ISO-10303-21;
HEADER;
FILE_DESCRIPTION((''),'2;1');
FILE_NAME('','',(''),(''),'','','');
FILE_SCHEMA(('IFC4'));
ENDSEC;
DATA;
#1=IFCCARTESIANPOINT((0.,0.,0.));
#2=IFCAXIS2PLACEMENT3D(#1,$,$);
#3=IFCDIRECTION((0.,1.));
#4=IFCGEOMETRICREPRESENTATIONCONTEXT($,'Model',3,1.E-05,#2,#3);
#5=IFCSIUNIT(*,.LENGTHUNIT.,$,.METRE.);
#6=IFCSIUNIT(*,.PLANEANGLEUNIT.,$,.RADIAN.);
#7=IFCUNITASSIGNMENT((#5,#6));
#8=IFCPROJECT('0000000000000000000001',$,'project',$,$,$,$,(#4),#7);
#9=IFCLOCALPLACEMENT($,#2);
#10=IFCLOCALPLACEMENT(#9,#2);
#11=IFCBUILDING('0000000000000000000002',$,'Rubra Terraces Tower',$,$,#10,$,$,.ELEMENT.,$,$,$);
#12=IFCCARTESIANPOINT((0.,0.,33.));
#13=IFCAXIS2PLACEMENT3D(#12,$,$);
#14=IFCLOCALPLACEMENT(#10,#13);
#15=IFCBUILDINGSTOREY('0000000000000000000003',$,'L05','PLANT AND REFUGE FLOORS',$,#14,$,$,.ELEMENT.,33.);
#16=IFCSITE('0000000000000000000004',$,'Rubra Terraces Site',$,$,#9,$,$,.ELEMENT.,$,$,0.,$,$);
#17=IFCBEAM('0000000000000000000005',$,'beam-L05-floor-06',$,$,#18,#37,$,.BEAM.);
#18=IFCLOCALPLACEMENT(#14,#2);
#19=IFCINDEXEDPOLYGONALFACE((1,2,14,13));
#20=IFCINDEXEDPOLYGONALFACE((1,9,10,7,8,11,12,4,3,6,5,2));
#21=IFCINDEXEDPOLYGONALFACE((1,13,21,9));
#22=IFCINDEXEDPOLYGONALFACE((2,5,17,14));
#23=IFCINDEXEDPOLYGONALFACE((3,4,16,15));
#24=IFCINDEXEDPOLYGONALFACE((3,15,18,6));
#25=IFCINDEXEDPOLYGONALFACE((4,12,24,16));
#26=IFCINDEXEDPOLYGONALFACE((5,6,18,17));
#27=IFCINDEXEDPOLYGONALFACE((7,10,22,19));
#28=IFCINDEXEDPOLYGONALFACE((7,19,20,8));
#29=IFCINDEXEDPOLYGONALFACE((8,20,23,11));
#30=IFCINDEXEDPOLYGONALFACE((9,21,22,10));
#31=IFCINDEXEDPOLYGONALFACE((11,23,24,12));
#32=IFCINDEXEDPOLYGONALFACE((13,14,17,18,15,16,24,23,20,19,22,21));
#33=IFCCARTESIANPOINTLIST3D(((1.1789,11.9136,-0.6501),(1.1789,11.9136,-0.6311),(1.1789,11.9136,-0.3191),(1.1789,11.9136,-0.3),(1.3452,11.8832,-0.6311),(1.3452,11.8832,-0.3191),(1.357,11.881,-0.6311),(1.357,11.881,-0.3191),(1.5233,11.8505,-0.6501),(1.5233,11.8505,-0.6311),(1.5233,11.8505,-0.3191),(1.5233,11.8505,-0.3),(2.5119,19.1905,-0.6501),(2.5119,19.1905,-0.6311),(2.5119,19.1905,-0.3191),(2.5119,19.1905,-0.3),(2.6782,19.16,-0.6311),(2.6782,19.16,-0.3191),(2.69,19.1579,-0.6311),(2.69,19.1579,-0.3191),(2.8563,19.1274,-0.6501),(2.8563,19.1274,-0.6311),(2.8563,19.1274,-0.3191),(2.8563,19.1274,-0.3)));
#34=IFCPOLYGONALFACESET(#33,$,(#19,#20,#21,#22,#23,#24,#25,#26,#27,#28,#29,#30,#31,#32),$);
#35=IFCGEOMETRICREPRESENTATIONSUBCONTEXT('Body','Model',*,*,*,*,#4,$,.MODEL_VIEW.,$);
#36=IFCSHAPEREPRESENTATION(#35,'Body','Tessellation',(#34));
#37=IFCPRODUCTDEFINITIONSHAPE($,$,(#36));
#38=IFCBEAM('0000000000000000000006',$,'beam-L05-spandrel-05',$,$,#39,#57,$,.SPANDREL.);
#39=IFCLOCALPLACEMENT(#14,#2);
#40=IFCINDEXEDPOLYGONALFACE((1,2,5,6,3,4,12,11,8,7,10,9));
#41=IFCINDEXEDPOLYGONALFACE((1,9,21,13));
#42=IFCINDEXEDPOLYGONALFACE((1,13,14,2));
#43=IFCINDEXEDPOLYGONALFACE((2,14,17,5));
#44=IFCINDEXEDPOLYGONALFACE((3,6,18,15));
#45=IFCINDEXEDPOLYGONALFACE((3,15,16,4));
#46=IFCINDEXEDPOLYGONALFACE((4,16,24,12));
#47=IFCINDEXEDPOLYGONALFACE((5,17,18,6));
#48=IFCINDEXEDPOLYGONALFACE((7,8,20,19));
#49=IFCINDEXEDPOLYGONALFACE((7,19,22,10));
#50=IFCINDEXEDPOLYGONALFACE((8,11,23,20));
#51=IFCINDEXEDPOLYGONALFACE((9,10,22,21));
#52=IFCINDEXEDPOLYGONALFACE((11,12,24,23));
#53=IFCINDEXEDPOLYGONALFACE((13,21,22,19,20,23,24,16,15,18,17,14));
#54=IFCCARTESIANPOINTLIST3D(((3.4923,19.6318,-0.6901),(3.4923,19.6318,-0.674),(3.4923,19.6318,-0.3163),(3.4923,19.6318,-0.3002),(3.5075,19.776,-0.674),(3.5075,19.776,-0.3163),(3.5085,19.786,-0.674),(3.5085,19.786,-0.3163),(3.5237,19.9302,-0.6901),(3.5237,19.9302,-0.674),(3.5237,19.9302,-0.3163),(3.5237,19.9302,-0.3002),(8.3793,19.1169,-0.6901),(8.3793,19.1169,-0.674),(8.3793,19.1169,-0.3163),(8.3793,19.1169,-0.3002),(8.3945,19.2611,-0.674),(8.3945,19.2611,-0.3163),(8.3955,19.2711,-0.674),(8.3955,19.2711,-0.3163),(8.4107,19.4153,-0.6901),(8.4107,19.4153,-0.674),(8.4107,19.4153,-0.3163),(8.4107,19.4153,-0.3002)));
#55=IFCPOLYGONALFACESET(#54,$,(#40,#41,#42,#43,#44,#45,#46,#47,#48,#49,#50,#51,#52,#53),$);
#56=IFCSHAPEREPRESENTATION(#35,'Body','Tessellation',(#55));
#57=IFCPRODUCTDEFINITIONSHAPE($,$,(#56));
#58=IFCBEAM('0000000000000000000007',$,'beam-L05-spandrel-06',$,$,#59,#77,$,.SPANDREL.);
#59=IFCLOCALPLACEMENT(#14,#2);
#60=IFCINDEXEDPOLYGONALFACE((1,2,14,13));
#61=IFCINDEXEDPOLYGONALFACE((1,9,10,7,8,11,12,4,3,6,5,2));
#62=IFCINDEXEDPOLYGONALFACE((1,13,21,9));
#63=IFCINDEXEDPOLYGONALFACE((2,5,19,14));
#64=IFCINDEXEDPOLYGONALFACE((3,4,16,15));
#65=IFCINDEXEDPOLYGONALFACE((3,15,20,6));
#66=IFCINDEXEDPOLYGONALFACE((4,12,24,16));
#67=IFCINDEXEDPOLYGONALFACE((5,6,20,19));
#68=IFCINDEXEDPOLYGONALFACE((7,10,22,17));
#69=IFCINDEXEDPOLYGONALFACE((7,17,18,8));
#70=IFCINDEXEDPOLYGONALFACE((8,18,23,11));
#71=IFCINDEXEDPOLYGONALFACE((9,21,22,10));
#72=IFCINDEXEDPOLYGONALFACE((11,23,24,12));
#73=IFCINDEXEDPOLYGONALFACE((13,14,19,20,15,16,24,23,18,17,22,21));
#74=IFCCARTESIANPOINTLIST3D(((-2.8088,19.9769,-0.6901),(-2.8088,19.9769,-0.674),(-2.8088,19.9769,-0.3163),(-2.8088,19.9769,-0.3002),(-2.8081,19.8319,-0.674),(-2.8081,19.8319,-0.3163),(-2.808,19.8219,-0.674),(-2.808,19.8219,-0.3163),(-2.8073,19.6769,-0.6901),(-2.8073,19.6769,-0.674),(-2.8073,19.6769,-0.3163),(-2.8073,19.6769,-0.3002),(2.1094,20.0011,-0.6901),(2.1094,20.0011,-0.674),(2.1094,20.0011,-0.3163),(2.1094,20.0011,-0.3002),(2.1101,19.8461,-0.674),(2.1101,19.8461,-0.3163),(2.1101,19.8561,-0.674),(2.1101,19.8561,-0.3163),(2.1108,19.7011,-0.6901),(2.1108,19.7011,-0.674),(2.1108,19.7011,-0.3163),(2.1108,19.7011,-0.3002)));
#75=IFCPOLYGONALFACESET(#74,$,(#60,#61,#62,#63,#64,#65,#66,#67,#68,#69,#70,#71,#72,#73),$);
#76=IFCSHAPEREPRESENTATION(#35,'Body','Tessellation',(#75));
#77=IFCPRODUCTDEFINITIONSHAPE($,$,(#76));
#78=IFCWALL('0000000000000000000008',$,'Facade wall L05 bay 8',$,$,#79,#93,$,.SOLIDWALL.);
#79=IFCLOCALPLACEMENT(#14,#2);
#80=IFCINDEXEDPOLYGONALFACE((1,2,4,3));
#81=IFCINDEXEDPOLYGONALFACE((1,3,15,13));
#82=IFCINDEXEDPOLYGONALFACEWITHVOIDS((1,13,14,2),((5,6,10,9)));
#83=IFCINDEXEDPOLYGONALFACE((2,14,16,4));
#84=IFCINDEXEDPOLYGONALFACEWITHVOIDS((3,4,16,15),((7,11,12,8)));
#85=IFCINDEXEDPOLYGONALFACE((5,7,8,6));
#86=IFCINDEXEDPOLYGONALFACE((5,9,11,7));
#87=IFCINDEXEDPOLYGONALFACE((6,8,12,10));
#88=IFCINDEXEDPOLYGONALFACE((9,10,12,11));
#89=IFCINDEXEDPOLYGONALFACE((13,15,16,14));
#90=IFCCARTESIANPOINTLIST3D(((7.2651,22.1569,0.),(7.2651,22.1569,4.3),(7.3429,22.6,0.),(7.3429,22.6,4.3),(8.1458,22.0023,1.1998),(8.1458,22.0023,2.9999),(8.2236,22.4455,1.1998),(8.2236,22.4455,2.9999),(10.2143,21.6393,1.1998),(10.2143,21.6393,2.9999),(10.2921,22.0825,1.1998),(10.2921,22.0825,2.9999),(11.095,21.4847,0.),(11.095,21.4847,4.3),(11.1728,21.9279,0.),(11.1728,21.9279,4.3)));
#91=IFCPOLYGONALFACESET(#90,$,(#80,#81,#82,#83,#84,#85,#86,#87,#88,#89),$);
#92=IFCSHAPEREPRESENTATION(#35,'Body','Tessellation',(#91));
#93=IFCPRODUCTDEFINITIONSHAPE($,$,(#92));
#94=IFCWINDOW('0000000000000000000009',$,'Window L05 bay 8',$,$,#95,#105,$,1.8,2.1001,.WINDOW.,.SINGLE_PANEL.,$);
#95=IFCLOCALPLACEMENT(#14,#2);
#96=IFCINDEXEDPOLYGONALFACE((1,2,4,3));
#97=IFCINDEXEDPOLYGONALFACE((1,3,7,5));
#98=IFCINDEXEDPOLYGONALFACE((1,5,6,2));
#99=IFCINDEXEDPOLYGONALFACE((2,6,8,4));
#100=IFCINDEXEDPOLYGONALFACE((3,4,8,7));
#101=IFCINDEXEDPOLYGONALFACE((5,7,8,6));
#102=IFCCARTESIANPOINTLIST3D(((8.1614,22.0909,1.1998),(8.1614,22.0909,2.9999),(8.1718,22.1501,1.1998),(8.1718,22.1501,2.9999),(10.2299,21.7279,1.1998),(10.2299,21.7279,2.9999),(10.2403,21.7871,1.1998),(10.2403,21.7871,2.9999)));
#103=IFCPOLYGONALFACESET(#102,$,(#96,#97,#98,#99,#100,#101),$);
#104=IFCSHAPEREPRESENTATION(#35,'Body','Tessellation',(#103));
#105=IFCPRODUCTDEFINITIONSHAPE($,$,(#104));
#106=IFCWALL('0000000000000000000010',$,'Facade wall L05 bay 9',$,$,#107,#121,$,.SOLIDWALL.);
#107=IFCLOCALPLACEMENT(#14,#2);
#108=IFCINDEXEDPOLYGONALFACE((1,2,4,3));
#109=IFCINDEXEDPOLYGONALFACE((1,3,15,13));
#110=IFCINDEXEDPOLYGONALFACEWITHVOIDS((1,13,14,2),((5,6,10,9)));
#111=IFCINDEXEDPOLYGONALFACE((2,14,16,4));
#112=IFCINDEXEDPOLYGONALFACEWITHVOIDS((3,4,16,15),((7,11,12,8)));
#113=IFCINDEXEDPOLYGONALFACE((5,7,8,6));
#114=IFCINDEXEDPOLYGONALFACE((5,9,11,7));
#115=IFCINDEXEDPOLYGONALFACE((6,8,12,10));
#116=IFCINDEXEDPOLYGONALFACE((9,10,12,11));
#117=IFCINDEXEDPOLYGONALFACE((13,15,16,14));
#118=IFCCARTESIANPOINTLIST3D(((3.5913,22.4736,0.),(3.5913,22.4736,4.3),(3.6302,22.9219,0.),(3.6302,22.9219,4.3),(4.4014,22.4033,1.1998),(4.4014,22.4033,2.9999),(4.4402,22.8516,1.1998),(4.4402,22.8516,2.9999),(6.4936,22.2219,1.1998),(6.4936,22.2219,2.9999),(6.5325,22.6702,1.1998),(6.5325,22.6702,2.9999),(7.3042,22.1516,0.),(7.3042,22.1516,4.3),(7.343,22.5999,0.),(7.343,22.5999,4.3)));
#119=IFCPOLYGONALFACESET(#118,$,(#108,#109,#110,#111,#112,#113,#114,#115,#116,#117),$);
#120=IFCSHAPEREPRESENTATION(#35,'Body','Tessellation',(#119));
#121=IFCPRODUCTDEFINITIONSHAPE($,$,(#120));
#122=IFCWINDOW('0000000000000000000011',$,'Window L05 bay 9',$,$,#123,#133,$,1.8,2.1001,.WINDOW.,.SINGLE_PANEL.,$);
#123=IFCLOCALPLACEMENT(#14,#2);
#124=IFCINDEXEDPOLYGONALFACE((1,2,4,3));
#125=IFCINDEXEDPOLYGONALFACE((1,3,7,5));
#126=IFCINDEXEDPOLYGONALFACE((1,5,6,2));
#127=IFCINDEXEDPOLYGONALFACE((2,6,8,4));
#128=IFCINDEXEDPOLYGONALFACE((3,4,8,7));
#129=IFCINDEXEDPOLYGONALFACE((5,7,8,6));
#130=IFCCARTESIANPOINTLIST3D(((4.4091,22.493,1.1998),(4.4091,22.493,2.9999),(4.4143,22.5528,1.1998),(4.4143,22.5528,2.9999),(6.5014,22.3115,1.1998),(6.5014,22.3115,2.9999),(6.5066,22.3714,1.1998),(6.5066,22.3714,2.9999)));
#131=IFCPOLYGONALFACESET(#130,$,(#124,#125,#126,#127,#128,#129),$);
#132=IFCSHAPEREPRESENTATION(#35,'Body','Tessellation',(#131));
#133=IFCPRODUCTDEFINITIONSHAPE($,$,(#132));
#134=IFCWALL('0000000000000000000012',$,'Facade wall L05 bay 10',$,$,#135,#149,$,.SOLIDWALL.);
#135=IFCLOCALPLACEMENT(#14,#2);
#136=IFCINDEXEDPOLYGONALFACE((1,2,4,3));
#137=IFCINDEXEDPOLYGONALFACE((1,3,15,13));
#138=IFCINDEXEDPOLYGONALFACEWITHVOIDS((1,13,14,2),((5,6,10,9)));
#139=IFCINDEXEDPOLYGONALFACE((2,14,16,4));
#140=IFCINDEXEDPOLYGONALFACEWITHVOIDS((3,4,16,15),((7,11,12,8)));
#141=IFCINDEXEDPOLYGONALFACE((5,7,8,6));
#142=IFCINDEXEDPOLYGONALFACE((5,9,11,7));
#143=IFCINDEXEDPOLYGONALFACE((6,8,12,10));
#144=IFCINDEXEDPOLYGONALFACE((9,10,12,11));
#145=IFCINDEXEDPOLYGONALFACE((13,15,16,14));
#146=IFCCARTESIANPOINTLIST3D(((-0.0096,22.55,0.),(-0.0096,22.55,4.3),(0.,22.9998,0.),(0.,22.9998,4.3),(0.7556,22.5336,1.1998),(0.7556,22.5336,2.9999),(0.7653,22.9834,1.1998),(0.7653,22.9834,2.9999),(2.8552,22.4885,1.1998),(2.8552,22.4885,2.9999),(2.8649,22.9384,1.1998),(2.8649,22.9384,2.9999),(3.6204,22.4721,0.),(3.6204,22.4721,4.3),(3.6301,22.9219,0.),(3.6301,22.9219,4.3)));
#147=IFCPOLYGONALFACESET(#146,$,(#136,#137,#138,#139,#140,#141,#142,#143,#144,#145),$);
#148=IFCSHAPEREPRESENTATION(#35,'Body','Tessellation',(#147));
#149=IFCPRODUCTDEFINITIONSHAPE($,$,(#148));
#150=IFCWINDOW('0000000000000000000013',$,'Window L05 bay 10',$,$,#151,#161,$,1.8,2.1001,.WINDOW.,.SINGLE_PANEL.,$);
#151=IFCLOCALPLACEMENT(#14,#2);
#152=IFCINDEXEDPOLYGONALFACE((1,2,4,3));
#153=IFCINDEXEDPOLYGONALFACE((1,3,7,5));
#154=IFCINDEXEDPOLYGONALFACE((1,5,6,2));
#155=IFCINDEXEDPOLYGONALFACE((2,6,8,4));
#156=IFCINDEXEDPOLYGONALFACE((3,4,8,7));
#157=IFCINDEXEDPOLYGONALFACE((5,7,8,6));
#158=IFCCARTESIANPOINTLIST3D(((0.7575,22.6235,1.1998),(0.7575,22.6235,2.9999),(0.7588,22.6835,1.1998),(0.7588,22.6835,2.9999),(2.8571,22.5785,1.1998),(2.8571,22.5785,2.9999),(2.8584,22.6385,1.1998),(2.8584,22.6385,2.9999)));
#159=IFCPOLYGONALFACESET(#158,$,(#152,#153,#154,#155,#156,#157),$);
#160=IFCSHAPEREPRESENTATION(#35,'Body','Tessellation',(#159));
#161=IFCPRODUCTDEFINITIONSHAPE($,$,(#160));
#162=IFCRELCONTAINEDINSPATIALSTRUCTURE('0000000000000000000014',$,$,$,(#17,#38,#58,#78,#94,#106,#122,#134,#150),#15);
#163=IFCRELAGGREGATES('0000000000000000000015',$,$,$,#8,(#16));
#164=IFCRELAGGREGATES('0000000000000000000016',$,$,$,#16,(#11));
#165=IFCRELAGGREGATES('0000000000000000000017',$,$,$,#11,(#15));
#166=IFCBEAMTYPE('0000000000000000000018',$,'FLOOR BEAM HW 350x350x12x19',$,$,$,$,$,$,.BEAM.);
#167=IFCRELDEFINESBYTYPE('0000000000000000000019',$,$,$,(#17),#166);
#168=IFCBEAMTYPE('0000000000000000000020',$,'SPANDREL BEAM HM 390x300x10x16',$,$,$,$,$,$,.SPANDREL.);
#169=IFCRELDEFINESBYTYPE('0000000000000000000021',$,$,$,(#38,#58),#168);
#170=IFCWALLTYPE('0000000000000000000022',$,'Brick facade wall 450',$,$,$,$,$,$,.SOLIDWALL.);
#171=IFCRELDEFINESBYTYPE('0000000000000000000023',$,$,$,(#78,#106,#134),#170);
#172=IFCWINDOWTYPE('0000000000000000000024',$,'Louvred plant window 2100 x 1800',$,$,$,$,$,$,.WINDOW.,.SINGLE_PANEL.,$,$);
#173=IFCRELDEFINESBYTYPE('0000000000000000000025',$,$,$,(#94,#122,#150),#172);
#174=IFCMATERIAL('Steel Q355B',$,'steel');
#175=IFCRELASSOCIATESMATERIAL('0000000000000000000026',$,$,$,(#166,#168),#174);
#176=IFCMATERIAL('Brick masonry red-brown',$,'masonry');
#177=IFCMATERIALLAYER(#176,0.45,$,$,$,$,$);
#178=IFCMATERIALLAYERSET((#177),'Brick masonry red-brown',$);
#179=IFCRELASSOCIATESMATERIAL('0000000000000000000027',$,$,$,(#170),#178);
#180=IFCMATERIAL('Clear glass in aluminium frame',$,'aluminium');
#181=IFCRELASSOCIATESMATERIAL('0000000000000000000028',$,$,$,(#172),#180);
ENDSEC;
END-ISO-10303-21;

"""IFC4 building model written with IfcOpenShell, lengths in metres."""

from ifc_helpers import new_model, si_unit, direction, frame, frame_2d, origin, origin_2d, place, context, subcontext, project, spatial, rectangle, i_section, extrude, material, layer, layer_set, material_profile, profile_set, type_object, element, fill, save


model = new_model("IFC4")

# Units and contexts
model_context = context("Model", 3, precision=1e-05, world=origin(), true_north=direction((0.0, 1.0)))
body_context = subcontext(model_context, "Body", "Model", "MODEL_VIEW")
ifc_project = project(units=[si_unit("LENGTHUNIT", "METRE"), si_unit("PLANEANGLEUNIT", "RADIAN")], contexts=[model_context])

# Site, building, storey
site_placement = place(None, origin())
site = spatial("IfcSite", under=ifc_project, at=site_placement, Name="Rubra Terraces Site", CompositionType="ELEMENT", RefElevation=0.0)
building_placement = place(site_placement, origin())
building = spatial("IfcBuilding", under=site, at=building_placement, Name="Rubra Terraces Tower", CompositionType="ELEMENT")
storey_placement = place(building_placement, frame((0.0, 0.0, 33.0)))
storey = spatial("IfcBuildingStorey", under=building, at=storey_placement, Name="L05", Description="PLANT AND REFUGE FLOORS", CompositionType="ELEMENT", Elevation=33.0)

# Shared definitions
ifc_material_1 = material(Name="Steel Q355B", Category="steel")

# Beams
ifc_material_profile_1 = material_profile(ifc_material_1, i_section(OverallWidth=0.3501, OverallDepth=0.3501, WebThickness=0.012, FlangeThickness=0.019, at=origin_2d()), Name="HW 350x350x12x19")
ifc_profile_set_1 = profile_set([ifc_material_profile_1], Name="Steel Q355B")
beam_type_1 = type_object("IfcBeamType", Name="FLOOR BEAM HW 350x350x12x19", PredefinedType="BEAM", material=ifc_profile_set_1)
beam_1_placement = place(storey_placement, frame((2.6841, 19.1589, -0.4751), z_axis=(-0.180186, -0.983632, 0.0), x_axis=(0.983632, -0.180186, 0.0)))
element("IfcBeam", 1, at=beam_1_placement, inside=storey, type_object=beam_type_1, Name="beam-L05-floor-06", PredefinedType="BEAM", context=body_context, shape_type="SweptSolid", body=[
    extrude(i_section(OverallWidth=0.3501, OverallDepth=0.3501, WebThickness=0.012, FlangeThickness=0.019, at=origin_2d()), origin(), (0.0, 0.0, 1.0), 7.3979),
])
ifc_material_profile_2 = material_profile(ifc_material_1, i_section(OverallWidth=0.3, OverallDepth=0.3899, WebThickness=0.01, FlangeThickness=0.0161, at=origin_2d()), Name="HM 390x300x10x16")
ifc_profile_set_2 = profile_set([ifc_material_profile_2], Name="Steel Q355B")
beam_type_2 = type_object("IfcBeamType", Name="SPANDREL BEAM HM 390x300x10x16", PredefinedType="SPANDREL", material=ifc_profile_set_2)
beam_2_placement = place(storey_placement, frame((8.395, 19.2661, -0.4951), z_axis=(-0.994495, 0.10478, 0.0), x_axis=(-0.10478, -0.994495, 0.0)))
element("IfcBeam", 2, at=beam_2_placement, inside=storey, type_object=beam_type_2, Name="beam-L05-spandrel-05", PredefinedType="SPANDREL", context=body_context, shape_type="SweptSolid", body=[
    extrude(i_section(OverallWidth=0.3, OverallDepth=0.3899, WebThickness=0.01, FlangeThickness=0.0161, at=origin_2d()), origin(), (0.0, 0.0, 1.0), 4.9141),
])
beam_3_placement = place(storey_placement, frame((2.1101, 19.8511, -0.4951), z_axis=(-0.999988, -0.004914, 0.0), x_axis=(0.004914, -0.999988, 0.0)))
element("IfcBeam", 3, at=beam_3_placement, inside=storey, type_object=beam_type_2, Name="beam-L05-spandrel-06", PredefinedType="SPANDREL", context=body_context, shape_type="SweptSolid", body=[
    extrude(i_section(OverallWidth=0.3, OverallDepth=0.3899, WebThickness=0.01, FlangeThickness=0.0161, at=origin_2d()), origin(), (0.0, 0.0, 1.0), 4.9182),
])

# Walls, openings, windows
ifc_material_2 = material(Name="Brick masonry red-brown", Category="masonry")
ifc_layer_1 = layer(ifc_material_2, 0.45)
ifc_layer_set_1 = layer_set([ifc_layer_1], Name="Brick masonry red-brown")
wall_type_1 = type_object("IfcWallType", Name="Brick facade wall 450", PredefinedType="SOLIDWALL", material=ifc_layer_set_1)
wall_1_placement = place(storey_placement, frame((11.134, 21.7063, 0.0), z_axis=(0.0, 0.0, 1.0), x_axis=(-0.984947, 0.172854, 0.0)))
wall_1 = element("IfcWall", 4, at=wall_1_placement, inside=storey, type_object=wall_type_1, Name="Facade wall L05 bay 8", PredefinedType="SOLIDWALL", context=body_context, shape_type="SweptSolid", body=[
    extrude(rectangle(XDim=3.8884, YDim=0.45, at=frame_2d((1.9443, 0.0))), origin(), (0.0, 0.0, 1.0), 4.3),
])
opening_1_placement = place(wall_1_placement, frame((0.8943, 0.0, 1.2)))
opening_1 = element("IfcOpeningElement", 5, at=opening_1_placement, cuts=wall_1, PredefinedType="OPENING", context=body_context, shape_type="SweptSolid", body=[
    extrude(rectangle(XDim=2.1001, YDim=1.8, at=frame_2d((1.05, 0.8999))), frame((0.0, 0.2349, 0.0), z_axis=(0.0, -1.0, 0.0), x_axis=(1.0, 0.0, 0.0)), (0.0, 0.0, 1.0), 0.47),
])
ifc_material_3 = material(Name="Clear glass in aluminium frame", Category="aluminium")
window_type = type_object("IfcWindowType", Name="Louvred plant window 2100 x 1800", PartitioningType="SINGLE_PANEL", PredefinedType="WINDOW", material=ifc_material_3)
window_1_placement = place(opening_1_placement, origin())
window_1 = element("IfcWindow", 6, at=window_1_placement, inside=storey, type_object=window_type, Name="Window L05 bay 8", OverallHeight=1.8, OverallWidth=2.1001, PartitioningType="SINGLE_PANEL", PredefinedType="WINDOW", context=body_context, shape_type="SweptSolid", body=[
    extrude(rectangle(XDim=2.1001, YDim=1.8, at=frame_2d((1.05, 0.8999))), frame((0.0, 0.135, 0.0), z_axis=(0.0, -1.0, 0.0), x_axis=(1.0, 0.0, 0.0)), (0.0, 0.0, 1.0), 0.0601),
])
fill(opening_1, window_1)
wall_2_placement = place(storey_placement, frame((7.3235, 22.3757, 0.0), z_axis=(0.0, 0.0, 1.0), x_axis=(-0.99626, 0.086406, 0.0)))
wall_2 = element("IfcWall", 7, at=wall_2_placement, inside=storey, type_object=wall_type_1, Name="Facade wall L05 bay 9", PredefinedType="SOLIDWALL", context=body_context, shape_type="SweptSolid", body=[
    extrude(rectangle(XDim=3.7268, YDim=0.45, at=frame_2d((1.8633, 0.0))), origin(), (0.0, 0.0, 1.0), 4.3),
])
opening_2_placement = place(wall_2_placement, frame((0.8135, 0.0, 1.2)))
opening_2 = element("IfcOpeningElement", 8, at=opening_2_placement, cuts=wall_2, PredefinedType="OPENING", context=body_context, shape_type="SweptSolid", body=[
    extrude(rectangle(XDim=2.1001, YDim=1.8, at=frame_2d((1.05, 0.8999))), frame((0.0, 0.2349, 0.0), z_axis=(0.0, -1.0, 0.0), x_axis=(1.0, 0.0, 0.0)), (0.0, 0.0, 1.0), 0.47),
])
window_2_placement = place(opening_2_placement, origin())
window_2 = element("IfcWindow", 9, at=window_2_placement, inside=storey, type_object=window_type, Name="Window L05 bay 9", OverallHeight=1.8, OverallWidth=2.1001, PartitioningType="SINGLE_PANEL", PredefinedType="WINDOW", context=body_context, shape_type="SweptSolid", body=[
    extrude(rectangle(XDim=2.1001, YDim=1.8, at=frame_2d((1.05, 0.8999))), frame((0.0, 0.135, 0.0), z_axis=(0.0, -1.0, 0.0), x_axis=(1.0, 0.0, 0.0)), (0.0, 0.0, 1.0), 0.0601),
])
fill(opening_2, window_2)
wall_3_placement = place(storey_placement, frame((3.6252, 22.697, 0.0), z_axis=(0.0, 0.0, 1.0), x_axis=(-0.99977, 0.021449, 0.0)))
wall_3 = element("IfcWall", 10, at=wall_3_placement, inside=storey, type_object=wall_type_1, Name="Facade wall L05 bay 10", PredefinedType="SOLIDWALL", context=body_context, shape_type="SweptSolid", body=[
    extrude(rectangle(XDim=3.6309, YDim=0.45, at=frame_2d((1.8154, 0.0))), origin(), (0.0, 0.0, 1.0), 4.3),
])
opening_3_placement = place(wall_3_placement, frame((0.7654, 0.0, 1.2)))
opening_3 = element("IfcOpeningElement", 11, at=opening_3_placement, cuts=wall_3, PredefinedType="OPENING", context=body_context, shape_type="SweptSolid", body=[
    extrude(rectangle(XDim=2.1001, YDim=1.8, at=frame_2d((1.05, 0.8999))), frame((0.0, 0.2349, 0.0), z_axis=(0.0, -1.0, 0.0), x_axis=(1.0, 0.0, 0.0)), (0.0, 0.0, 1.0), 0.47),
])
window_3_placement = place(opening_3_placement, origin())
window_3 = element("IfcWindow", 12, at=window_3_placement, inside=storey, type_object=window_type, Name="Window L05 bay 10", OverallHeight=1.8, OverallWidth=2.1001, PartitioningType="SINGLE_PANEL", PredefinedType="WINDOW", context=body_context, shape_type="SweptSolid", body=[
    extrude(rectangle(XDim=2.1001, YDim=1.8, at=frame_2d((1.05, 0.8999))), frame((0.0, 0.135, 0.0), z_axis=(0.0, -1.0, 0.0), x_axis=(1.0, 0.0, 0.0)), (0.0, 0.0, 1.0), 0.0601),
])
fill(opening_3, window_3)

save(model, "model.ifc")
